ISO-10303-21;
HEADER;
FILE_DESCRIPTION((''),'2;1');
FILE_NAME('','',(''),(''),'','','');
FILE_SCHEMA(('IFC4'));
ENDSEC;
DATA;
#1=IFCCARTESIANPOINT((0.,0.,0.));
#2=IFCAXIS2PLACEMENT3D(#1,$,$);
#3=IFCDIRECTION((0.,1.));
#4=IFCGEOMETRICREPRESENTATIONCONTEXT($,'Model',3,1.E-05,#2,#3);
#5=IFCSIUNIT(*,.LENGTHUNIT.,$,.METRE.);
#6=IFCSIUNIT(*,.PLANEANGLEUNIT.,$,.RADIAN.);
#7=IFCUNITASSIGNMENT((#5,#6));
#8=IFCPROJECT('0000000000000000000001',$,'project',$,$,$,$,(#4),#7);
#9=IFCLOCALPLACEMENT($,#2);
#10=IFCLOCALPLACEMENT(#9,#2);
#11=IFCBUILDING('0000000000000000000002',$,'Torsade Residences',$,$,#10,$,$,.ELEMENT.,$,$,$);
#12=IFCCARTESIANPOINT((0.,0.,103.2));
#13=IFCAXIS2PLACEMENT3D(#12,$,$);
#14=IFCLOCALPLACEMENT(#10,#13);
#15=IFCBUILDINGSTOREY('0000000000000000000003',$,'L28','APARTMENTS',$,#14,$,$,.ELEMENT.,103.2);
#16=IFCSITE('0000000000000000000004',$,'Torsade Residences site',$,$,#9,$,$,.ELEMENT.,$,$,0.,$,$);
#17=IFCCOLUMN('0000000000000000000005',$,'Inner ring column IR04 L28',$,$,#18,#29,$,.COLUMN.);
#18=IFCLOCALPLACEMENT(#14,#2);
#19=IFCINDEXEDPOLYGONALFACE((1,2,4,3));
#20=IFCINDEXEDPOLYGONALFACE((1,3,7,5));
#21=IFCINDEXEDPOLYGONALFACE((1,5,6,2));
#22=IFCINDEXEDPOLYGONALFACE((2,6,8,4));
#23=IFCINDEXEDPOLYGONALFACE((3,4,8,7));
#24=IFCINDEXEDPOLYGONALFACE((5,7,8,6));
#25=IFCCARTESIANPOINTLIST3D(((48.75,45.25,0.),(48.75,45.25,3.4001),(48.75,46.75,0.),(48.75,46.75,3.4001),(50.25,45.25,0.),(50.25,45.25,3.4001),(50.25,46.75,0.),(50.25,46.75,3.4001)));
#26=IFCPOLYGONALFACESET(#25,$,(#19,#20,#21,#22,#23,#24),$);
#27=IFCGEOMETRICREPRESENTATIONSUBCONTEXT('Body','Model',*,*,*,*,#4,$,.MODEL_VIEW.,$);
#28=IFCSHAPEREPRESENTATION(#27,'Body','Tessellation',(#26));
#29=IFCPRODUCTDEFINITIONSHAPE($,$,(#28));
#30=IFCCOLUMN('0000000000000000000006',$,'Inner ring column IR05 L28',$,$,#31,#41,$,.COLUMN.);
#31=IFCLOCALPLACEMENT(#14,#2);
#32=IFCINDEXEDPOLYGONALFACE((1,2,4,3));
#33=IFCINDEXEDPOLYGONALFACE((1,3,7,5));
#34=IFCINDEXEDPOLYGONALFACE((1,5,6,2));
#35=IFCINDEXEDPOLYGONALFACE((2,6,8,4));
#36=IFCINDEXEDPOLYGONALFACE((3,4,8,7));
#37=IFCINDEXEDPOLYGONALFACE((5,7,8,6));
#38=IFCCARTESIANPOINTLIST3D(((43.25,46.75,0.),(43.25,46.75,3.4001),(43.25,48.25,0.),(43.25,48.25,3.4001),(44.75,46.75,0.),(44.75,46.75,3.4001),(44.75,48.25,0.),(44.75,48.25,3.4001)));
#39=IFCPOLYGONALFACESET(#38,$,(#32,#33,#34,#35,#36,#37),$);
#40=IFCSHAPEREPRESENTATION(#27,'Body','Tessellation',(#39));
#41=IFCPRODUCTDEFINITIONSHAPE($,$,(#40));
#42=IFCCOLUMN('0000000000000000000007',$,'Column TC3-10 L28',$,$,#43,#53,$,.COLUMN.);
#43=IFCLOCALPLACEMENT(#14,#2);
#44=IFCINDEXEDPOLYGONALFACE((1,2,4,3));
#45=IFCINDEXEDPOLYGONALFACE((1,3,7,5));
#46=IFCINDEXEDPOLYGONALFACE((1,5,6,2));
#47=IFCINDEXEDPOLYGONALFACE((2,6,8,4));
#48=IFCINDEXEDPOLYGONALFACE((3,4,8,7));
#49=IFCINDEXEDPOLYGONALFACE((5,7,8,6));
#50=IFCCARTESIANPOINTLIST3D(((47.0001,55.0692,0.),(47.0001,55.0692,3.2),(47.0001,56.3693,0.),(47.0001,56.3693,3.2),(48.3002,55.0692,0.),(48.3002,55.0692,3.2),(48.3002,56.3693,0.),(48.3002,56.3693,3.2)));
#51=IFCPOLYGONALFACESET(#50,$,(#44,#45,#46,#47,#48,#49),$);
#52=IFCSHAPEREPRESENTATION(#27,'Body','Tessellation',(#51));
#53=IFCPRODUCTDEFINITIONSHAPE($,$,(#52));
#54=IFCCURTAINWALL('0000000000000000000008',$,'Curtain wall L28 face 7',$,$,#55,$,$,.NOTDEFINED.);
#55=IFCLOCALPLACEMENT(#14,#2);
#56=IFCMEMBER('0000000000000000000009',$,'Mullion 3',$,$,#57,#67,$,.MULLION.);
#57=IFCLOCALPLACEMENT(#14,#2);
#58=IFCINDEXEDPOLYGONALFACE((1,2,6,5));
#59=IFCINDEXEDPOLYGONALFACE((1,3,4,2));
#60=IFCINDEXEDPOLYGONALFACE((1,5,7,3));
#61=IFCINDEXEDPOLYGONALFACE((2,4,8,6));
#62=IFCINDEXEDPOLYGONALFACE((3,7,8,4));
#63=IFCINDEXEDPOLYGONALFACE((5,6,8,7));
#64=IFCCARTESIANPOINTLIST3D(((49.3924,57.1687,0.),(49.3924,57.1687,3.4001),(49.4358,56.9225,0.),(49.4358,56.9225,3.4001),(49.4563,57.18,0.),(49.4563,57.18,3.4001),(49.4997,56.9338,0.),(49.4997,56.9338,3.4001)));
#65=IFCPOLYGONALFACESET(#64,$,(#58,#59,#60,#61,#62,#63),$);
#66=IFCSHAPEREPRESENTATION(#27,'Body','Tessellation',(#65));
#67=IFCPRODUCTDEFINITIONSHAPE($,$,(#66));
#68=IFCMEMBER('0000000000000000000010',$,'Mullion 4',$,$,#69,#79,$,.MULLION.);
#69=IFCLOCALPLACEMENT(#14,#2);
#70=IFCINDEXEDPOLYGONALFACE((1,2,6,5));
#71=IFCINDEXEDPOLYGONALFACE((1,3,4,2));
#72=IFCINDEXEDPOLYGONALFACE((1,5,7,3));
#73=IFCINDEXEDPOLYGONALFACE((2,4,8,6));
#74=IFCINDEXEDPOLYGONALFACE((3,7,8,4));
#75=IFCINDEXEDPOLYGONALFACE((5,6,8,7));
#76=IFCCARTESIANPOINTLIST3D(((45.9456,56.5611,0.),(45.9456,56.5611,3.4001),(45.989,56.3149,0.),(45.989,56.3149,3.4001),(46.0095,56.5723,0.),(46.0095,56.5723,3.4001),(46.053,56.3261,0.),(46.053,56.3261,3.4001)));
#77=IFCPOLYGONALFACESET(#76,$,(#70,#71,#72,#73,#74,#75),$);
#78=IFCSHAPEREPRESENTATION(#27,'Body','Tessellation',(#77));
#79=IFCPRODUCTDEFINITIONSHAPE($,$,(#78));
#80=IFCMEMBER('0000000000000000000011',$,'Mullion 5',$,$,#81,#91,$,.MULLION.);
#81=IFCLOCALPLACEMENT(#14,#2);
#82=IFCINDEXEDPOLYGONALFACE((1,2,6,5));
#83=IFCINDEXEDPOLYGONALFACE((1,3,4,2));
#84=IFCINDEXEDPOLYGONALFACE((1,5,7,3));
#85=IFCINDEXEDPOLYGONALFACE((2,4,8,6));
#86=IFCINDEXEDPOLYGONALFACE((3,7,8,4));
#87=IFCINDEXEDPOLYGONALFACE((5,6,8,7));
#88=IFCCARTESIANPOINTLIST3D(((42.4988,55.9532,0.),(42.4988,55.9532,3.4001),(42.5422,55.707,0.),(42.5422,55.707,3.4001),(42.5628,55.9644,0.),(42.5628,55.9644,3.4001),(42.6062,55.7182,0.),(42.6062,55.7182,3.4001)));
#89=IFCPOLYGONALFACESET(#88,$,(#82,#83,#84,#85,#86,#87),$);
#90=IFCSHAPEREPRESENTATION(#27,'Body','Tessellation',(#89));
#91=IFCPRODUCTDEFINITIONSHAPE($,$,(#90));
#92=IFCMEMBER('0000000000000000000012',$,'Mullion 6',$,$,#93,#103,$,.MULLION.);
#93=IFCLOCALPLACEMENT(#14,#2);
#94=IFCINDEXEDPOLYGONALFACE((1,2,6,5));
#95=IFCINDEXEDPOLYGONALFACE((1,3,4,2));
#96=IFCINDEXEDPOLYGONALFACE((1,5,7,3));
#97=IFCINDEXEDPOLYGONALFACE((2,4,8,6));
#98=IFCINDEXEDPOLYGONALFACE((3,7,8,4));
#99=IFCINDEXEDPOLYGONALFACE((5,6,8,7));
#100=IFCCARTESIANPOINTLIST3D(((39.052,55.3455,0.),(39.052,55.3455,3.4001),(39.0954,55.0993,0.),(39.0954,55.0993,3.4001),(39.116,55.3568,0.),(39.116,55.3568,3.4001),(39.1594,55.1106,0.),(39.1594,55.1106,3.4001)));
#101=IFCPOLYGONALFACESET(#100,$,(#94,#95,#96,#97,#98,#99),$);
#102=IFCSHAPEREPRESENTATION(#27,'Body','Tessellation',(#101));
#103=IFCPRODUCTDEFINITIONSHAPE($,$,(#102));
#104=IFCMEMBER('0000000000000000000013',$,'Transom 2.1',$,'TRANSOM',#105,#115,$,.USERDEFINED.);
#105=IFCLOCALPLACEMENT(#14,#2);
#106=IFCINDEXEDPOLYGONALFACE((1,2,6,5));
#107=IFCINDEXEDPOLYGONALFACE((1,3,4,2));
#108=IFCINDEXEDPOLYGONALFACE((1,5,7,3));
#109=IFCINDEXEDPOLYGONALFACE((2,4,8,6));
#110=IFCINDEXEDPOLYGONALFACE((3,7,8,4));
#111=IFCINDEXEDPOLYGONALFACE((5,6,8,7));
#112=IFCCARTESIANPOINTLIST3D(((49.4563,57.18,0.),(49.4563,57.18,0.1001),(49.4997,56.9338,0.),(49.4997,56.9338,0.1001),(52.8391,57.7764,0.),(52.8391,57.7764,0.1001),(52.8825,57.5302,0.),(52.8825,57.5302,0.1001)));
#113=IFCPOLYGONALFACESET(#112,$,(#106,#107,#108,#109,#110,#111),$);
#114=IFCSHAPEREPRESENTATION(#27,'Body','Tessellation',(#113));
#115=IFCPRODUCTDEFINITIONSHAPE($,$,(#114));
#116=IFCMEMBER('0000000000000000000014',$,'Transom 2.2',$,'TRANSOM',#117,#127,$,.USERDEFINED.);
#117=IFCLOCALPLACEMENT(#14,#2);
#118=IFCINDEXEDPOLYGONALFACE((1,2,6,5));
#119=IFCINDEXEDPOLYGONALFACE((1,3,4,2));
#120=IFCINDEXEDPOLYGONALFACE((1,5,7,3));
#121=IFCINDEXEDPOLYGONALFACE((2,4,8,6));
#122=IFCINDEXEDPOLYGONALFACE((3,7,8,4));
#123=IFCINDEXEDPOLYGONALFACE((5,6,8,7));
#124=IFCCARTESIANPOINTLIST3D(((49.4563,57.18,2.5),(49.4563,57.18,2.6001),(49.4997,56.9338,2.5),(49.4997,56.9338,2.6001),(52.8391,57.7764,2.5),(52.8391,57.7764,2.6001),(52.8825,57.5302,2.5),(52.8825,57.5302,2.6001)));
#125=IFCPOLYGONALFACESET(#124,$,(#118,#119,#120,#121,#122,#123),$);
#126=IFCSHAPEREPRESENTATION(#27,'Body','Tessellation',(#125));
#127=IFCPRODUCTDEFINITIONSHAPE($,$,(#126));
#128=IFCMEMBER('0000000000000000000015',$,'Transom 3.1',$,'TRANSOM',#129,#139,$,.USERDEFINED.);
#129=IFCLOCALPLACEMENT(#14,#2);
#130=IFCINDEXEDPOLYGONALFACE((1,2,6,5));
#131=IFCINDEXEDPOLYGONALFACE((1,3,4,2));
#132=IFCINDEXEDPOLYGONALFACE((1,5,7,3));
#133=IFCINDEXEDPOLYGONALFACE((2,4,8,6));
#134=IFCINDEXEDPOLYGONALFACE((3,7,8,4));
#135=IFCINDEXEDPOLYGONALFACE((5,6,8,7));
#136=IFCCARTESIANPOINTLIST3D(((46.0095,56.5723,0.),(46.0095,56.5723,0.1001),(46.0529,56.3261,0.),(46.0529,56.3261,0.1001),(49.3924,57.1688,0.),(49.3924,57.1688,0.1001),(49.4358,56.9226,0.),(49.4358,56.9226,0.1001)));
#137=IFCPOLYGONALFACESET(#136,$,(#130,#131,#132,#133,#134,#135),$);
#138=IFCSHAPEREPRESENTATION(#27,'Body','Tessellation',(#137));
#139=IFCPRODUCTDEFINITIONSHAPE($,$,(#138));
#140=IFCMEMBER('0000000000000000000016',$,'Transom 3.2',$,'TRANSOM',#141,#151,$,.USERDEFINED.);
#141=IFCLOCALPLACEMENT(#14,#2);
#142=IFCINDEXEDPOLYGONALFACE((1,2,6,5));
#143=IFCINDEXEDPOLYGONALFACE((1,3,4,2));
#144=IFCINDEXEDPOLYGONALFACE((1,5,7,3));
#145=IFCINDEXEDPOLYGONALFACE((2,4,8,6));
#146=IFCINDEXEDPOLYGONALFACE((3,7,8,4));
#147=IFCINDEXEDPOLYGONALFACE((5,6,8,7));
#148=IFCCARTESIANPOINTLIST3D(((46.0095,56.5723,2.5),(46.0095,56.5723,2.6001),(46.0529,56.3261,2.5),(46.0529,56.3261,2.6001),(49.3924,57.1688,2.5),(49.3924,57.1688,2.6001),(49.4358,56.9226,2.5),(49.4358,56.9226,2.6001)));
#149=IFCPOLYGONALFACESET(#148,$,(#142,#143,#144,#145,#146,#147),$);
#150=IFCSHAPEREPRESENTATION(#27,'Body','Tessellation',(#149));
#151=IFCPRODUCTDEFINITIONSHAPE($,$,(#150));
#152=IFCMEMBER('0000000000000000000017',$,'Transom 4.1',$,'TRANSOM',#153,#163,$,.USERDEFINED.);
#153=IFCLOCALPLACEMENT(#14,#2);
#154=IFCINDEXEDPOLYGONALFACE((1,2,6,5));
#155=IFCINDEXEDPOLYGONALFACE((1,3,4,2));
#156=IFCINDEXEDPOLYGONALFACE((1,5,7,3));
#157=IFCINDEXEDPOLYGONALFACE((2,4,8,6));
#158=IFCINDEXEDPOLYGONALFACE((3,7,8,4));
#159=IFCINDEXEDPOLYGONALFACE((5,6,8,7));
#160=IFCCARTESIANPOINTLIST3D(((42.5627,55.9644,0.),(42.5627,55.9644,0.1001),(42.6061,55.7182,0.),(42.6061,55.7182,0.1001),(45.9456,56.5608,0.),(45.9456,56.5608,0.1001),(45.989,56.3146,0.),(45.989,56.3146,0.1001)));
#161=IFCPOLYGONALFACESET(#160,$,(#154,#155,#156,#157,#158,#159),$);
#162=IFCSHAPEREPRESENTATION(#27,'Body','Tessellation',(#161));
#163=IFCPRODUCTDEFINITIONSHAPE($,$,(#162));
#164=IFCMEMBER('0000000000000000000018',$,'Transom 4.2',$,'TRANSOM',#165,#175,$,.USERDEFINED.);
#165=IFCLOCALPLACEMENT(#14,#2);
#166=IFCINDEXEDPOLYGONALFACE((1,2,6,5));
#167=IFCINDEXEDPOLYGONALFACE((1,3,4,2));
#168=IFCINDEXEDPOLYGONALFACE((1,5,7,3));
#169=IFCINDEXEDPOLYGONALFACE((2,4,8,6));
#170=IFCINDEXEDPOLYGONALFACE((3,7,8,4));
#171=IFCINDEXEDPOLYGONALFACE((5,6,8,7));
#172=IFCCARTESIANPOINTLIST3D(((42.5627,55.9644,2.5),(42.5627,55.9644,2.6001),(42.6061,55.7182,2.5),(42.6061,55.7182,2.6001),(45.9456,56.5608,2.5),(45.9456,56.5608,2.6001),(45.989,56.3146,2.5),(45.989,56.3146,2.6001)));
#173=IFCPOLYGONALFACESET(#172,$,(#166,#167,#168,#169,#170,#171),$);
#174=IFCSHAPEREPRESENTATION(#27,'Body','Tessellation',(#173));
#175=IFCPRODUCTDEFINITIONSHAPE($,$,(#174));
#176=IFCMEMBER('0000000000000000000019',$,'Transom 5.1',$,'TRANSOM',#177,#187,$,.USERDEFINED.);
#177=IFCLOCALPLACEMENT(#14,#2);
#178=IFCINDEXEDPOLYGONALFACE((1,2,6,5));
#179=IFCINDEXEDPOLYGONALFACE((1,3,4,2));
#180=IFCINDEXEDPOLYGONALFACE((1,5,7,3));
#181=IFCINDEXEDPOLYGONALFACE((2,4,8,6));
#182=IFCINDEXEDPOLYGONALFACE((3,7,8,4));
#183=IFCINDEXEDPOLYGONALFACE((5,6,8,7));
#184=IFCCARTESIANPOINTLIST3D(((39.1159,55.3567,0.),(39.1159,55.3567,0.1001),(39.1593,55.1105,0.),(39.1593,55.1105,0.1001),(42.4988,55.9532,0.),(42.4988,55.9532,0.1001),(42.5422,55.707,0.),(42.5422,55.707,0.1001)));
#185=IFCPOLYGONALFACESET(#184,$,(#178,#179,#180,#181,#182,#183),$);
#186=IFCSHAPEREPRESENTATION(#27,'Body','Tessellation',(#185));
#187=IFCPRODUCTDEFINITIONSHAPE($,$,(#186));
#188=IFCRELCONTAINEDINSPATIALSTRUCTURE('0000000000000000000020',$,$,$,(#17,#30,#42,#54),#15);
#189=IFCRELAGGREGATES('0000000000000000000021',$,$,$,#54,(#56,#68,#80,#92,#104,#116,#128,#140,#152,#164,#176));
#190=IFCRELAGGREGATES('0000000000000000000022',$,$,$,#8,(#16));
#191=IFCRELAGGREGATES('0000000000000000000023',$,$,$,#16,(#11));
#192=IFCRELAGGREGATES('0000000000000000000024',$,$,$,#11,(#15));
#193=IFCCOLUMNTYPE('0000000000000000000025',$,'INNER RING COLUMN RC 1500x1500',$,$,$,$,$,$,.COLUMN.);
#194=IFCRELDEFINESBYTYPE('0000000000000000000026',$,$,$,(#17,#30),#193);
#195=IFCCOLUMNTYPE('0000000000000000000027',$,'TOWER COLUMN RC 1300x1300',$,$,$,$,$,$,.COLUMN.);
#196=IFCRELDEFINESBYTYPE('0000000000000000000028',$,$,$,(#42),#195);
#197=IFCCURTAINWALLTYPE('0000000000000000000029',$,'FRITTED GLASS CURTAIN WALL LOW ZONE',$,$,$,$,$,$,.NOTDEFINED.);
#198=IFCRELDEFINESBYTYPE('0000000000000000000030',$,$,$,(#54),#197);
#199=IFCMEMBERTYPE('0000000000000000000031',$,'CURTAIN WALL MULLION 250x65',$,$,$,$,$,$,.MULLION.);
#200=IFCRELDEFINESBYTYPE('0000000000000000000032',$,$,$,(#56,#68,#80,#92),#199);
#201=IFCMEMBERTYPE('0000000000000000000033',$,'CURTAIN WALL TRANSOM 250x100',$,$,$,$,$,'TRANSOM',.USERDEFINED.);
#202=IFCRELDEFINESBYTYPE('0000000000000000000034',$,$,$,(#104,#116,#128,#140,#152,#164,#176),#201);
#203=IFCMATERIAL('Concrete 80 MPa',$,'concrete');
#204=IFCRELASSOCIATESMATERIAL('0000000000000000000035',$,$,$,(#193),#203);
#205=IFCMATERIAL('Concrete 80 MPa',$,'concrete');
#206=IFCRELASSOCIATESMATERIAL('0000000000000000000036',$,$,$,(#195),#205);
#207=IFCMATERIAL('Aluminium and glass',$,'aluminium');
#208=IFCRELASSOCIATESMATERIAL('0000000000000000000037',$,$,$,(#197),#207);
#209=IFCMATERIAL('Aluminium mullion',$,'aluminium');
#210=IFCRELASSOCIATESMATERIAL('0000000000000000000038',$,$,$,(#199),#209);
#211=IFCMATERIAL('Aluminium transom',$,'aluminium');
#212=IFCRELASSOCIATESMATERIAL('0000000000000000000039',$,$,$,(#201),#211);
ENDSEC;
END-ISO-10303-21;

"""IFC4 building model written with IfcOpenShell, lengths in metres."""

from ifc_helpers import new_model, si_unit, direction, frame, origin, origin_2d, place, context, subcontext, project, spatial, rectangle, extrude, material, material_profile, profile_set, type_object, element, aggregate, save


model = new_model("IFC4")

# Units and contexts
model_context = context("Model", 3, precision=1e-05, world=origin(), true_north=direction((0.0, 1.0)))
body_context = subcontext(model_context, "Body", "Model", "MODEL_VIEW")
ifc_project = project(units=[si_unit("LENGTHUNIT", "METRE"), si_unit("PLANEANGLEUNIT", "RADIAN")], contexts=[model_context])

# Site, building, storey
site_placement = place(None, origin())
site = spatial("IfcSite", under=ifc_project, at=site_placement, Name="Torsade Residences site", CompositionType="ELEMENT", RefElevation=0.0)
building_placement = place(site_placement, origin())
building = spatial("IfcBuilding", under=site, at=building_placement, Name="Torsade Residences", CompositionType="ELEMENT")
storey_placement = place(building_placement, frame((0.0, 0.0, 103.2)))
storey = spatial("IfcBuildingStorey", under=building, at=storey_placement, Name="L28", Description="APARTMENTS", CompositionType="ELEMENT", Elevation=103.2)

# Columns
ifc_material_1 = material(Name="Concrete 80 MPa", Category="concrete")
ifc_material_profile_1 = material_profile(ifc_material_1, rectangle(XDim=1.5, YDim=1.5, at=origin_2d()), Name="RC 1500x1500")
ifc_profile_set_1 = profile_set([ifc_material_profile_1], Name="Concrete 80 MPa")
column_type_1 = type_object("IfcColumnType", Name="INNER RING COLUMN RC 1500x1500", PredefinedType="COLUMN", material=ifc_profile_set_1)
for number, where, z_axis, x_axis, name in (
    (1, (49.5, 46.0, 0.0), (0.0, 0.0, 1.0), (1.0, 0.0, 0.0), "Inner ring column IR04 L28"),
    (2, (44.0, 47.5, 0.0), (0.0, 0.0, 1.0), (1.0, 0.0, 0.0), "Inner ring column IR05 L28"),
):
    element("IfcColumn", number, at=place(storey_placement, frame(where, z_axis=z_axis, x_axis=x_axis)), inside=storey, type_object=column_type_1, Name=name, PredefinedType="COLUMN", context=body_context, shape_type="SweptSolid", body=[
        extrude(rectangle(XDim=1.5, YDim=1.5, at=origin_2d()), origin(), (0.0, 0.0, 1.0), 3.4001),
    ])
ifc_material_2 = material(Name="Concrete 80 MPa", Category="concrete")
ifc_material_profile_2 = material_profile(ifc_material_2, rectangle(XDim=1.3, YDim=1.3, at=origin_2d()), Name="RC 1300x1300")
ifc_profile_set_2 = profile_set([ifc_material_profile_2], Name="Concrete 80 MPa")
column_type_2 = type_object("IfcColumnType", Name="TOWER COLUMN RC 1300x1300", PredefinedType="COLUMN", material=ifc_profile_set_2)
column_placement = place(storey_placement, frame((47.6501, 55.7192, 0.0), z_axis=(0.0, 0.0, 1.0), x_axis=(1.0, 0.0, 0.0)))
element("IfcColumn", 3, at=column_placement, inside=storey, type_object=column_type_2, Name="Column TC3-10 L28", PredefinedType="COLUMN", context=body_context, shape_type="SweptSolid", body=[
    extrude(rectangle(XDim=1.3, YDim=1.3, at=origin_2d()), origin(), (0.0, 0.0, 1.0), 3.2),
])

# Curtain wall, members
ifc_material_3 = material(Name="Aluminium and glass", Category="aluminium")
curtain_wall_type = type_object("IfcCurtainWallType", Name="FRITTED GLASS CURTAIN WALL LOW ZONE", PredefinedType="NOTDEFINED", material=ifc_material_3)
curtain_wall_placement = place(storey_placement, origin())
curtain_wall = element("IfcCurtainWall", 4, at=curtain_wall_placement, inside=storey, type_object=curtain_wall_type, Name="Curtain wall L28 face 7", PredefinedType="NOTDEFINED")
ifc_material_4 = material(Name="Aluminium mullion", Category="aluminium")
ifc_material_profile_3 = material_profile(ifc_material_4, rectangle(XDim=0.25, YDim=0.0649, at=origin_2d()), Name="CURTAIN WALL MULLION 250x65")
ifc_profile_set_3 = profile_set([ifc_material_profile_3], Name="Aluminium mullion")
member_type_1 = type_object("IfcMemberType", Name="CURTAIN WALL MULLION 250x65", PredefinedType="MULLION", material=ifc_profile_set_3)
member_1_placement = place(storey_placement, frame((49.446, 57.0513, 0.0), z_axis=(0.0, 0.0, 1.0), x_axis=(0.173648, -0.984808, 0.0)))
member_1 = element("IfcMember", 5, at=member_1_placement, type_object=member_type_1, Name="Mullion 3", PredefinedType="MULLION", context=body_context, shape_type="SweptSolid", body=[
    extrude(rectangle(XDim=0.25, YDim=0.0649, at=origin_2d()), origin(), (0.0, 0.0, 1.0), 3.4001),
])
member_2_placement = place(storey_placement, frame((45.9993, 56.4436, 0.0), z_axis=(0.0, 0.0, 1.0), x_axis=(0.173648, -0.984808, 0.0)))
member_2 = element("IfcMember", 6, at=member_2_placement, type_object=member_type_1, Name="Mullion 4", PredefinedType="MULLION", context=body_context, shape_type="SweptSolid", body=[
    extrude(rectangle(XDim=0.25, YDim=0.0649, at=origin_2d()), origin(), (0.0, 0.0, 1.0), 3.4001),
])
member_3_placement = place(storey_placement, frame((42.5525, 55.8357, 0.0), z_axis=(0.0, 0.0, 1.0), x_axis=(0.173648, -0.984808, 0.0)))
member_3 = element("IfcMember", 7, at=member_3_placement, type_object=member_type_1, Name="Mullion 5", PredefinedType="MULLION", context=body_context, shape_type="SweptSolid", body=[
    extrude(rectangle(XDim=0.25, YDim=0.0649, at=origin_2d()), origin(), (0.0, 0.0, 1.0), 3.4001),
])
member_4_placement = place(storey_placement, frame((39.1057, 55.228, 0.0), z_axis=(0.0, 0.0, 1.0), x_axis=(0.173648, -0.984808, 0.0)))
member_4 = element("IfcMember", 8, at=member_4_placement, type_object=member_type_1, Name="Mullion 6", PredefinedType="MULLION", context=body_context, shape_type="SweptSolid", body=[
    extrude(rectangle(XDim=0.25, YDim=0.0649, at=origin_2d()), origin(), (0.0, 0.0, 1.0), 3.4001),
])
ifc_material_5 = material(Name="Aluminium transom", Category="aluminium")
ifc_material_profile_4 = material_profile(ifc_material_5, rectangle(XDim=0.25, YDim=0.1001, at=origin_2d()), Name="CURTAIN WALL TRANSOM 250x100")
ifc_profile_set_4 = profile_set([ifc_material_profile_4], Name="Aluminium transom")
member_type_2 = type_object("IfcMemberType", Name="CURTAIN WALL TRANSOM 250x100", ElementType="TRANSOM", PredefinedType="USERDEFINED", material=ifc_profile_set_4)
member_5_placement = place(storey_placement, frame((52.8608, 57.6533, 0.05), z_axis=(-0.98481, -0.173635, 0.0), x_axis=(0.173635, -0.98481, 0.0)))
member_5 = element("IfcMember", 9, at=member_5_placement, type_object=member_type_2, Name="Transom 2.1", ObjectType="TRANSOM", PredefinedType="USERDEFINED", context=body_context, shape_type="SweptSolid", body=[
    extrude(rectangle(XDim=0.25, YDim=0.1001, at=origin_2d()), origin(), (0.0, 0.0, 1.0), 3.4351),
])
member_6_placement = place(storey_placement, frame((52.8608, 57.6533, 2.55), z_axis=(-0.98481, -0.173635, 0.0), x_axis=(0.173635, -0.98481, 0.0)))
member_6 = element("IfcMember", 10, at=member_6_placement, type_object=member_type_2, Name="Transom 2.2", ObjectType="TRANSOM", PredefinedType="USERDEFINED", context=body_context, shape_type="SweptSolid", body=[
    extrude(rectangle(XDim=0.25, YDim=0.1001, at=origin_2d()), origin(), (0.0, 0.0, 1.0), 3.4351),
])
member_7_placement = place(storey_placement, frame((49.4141, 57.0457, 0.05), z_axis=(-0.98481, -0.173635, 0.0), x_axis=(0.173635, -0.98481, 0.0)))
member_7 = element("IfcMember", 11, at=member_7_placement, type_object=member_type_2, Name="Transom 3.1", ObjectType="TRANSOM", PredefinedType="USERDEFINED", context=body_context, shape_type="SweptSolid", body=[
    extrude(rectangle(XDim=0.25, YDim=0.1001, at=origin_2d()), origin(), (0.0, 0.0, 1.0), 3.4351),
])
member_8_placement = place(storey_placement, frame((49.4141, 57.0457, 2.55), z_axis=(-0.98481, -0.173635, 0.0), x_axis=(0.173635, -0.98481, 0.0)))
member_8 = element("IfcMember", 12, at=member_8_placement, type_object=member_type_2, Name="Transom 3.2", ObjectType="TRANSOM", PredefinedType="USERDEFINED", context=body_context, shape_type="SweptSolid", body=[
    extrude(rectangle(XDim=0.25, YDim=0.1001, at=origin_2d()), origin(), (0.0, 0.0, 1.0), 3.4351),
])
member_9_placement = place(storey_placement, frame((45.9673, 56.4377, 0.05), z_axis=(-0.98481, -0.173635, 0.0), x_axis=(0.173635, -0.98481, 0.0)))
member_9 = element("IfcMember", 13, at=member_9_placement, type_object=member_type_2, Name="Transom 4.1", ObjectType="TRANSOM", PredefinedType="USERDEFINED", context=body_context, shape_type="SweptSolid", body=[
    extrude(rectangle(XDim=0.25, YDim=0.1001, at=origin_2d()), origin(), (0.0, 0.0, 1.0), 3.4351),
])
member_10_placement = place(storey_placement, frame((45.9673, 56.4377, 2.55), z_axis=(-0.98481, -0.173635, 0.0), x_axis=(0.173635, -0.98481, 0.0)))
member_10 = element("IfcMember", 14, at=member_10_placement, type_object=member_type_2, Name="Transom 4.2", ObjectType="TRANSOM", PredefinedType="USERDEFINED", context=body_context, shape_type="SweptSolid", body=[
    extrude(rectangle(XDim=0.25, YDim=0.1001, at=origin_2d()), origin(), (0.0, 0.0, 1.0), 3.4351),
])
member_11_placement = place(storey_placement, frame((42.5205, 55.8301, 0.05), z_axis=(-0.98481, -0.173635, 0.0), x_axis=(0.173635, -0.98481, 0.0)))
member_11 = element("IfcMember", 15, at=member_11_placement, type_object=member_type_2, Name="Transom 5.1", ObjectType="TRANSOM", PredefinedType="USERDEFINED", context=body_context, shape_type="SweptSolid", body=[
    extrude(rectangle(XDim=0.25, YDim=0.1001, at=origin_2d()), origin(), (0.0, 0.0, 1.0), 3.4351),
])

aggregate(curtain_wall, [member_1, member_2, member_3, member_4, member_5, member_6, member_7, member_8, member_9, member_10, member_11])

save(model, "model.ifc")
